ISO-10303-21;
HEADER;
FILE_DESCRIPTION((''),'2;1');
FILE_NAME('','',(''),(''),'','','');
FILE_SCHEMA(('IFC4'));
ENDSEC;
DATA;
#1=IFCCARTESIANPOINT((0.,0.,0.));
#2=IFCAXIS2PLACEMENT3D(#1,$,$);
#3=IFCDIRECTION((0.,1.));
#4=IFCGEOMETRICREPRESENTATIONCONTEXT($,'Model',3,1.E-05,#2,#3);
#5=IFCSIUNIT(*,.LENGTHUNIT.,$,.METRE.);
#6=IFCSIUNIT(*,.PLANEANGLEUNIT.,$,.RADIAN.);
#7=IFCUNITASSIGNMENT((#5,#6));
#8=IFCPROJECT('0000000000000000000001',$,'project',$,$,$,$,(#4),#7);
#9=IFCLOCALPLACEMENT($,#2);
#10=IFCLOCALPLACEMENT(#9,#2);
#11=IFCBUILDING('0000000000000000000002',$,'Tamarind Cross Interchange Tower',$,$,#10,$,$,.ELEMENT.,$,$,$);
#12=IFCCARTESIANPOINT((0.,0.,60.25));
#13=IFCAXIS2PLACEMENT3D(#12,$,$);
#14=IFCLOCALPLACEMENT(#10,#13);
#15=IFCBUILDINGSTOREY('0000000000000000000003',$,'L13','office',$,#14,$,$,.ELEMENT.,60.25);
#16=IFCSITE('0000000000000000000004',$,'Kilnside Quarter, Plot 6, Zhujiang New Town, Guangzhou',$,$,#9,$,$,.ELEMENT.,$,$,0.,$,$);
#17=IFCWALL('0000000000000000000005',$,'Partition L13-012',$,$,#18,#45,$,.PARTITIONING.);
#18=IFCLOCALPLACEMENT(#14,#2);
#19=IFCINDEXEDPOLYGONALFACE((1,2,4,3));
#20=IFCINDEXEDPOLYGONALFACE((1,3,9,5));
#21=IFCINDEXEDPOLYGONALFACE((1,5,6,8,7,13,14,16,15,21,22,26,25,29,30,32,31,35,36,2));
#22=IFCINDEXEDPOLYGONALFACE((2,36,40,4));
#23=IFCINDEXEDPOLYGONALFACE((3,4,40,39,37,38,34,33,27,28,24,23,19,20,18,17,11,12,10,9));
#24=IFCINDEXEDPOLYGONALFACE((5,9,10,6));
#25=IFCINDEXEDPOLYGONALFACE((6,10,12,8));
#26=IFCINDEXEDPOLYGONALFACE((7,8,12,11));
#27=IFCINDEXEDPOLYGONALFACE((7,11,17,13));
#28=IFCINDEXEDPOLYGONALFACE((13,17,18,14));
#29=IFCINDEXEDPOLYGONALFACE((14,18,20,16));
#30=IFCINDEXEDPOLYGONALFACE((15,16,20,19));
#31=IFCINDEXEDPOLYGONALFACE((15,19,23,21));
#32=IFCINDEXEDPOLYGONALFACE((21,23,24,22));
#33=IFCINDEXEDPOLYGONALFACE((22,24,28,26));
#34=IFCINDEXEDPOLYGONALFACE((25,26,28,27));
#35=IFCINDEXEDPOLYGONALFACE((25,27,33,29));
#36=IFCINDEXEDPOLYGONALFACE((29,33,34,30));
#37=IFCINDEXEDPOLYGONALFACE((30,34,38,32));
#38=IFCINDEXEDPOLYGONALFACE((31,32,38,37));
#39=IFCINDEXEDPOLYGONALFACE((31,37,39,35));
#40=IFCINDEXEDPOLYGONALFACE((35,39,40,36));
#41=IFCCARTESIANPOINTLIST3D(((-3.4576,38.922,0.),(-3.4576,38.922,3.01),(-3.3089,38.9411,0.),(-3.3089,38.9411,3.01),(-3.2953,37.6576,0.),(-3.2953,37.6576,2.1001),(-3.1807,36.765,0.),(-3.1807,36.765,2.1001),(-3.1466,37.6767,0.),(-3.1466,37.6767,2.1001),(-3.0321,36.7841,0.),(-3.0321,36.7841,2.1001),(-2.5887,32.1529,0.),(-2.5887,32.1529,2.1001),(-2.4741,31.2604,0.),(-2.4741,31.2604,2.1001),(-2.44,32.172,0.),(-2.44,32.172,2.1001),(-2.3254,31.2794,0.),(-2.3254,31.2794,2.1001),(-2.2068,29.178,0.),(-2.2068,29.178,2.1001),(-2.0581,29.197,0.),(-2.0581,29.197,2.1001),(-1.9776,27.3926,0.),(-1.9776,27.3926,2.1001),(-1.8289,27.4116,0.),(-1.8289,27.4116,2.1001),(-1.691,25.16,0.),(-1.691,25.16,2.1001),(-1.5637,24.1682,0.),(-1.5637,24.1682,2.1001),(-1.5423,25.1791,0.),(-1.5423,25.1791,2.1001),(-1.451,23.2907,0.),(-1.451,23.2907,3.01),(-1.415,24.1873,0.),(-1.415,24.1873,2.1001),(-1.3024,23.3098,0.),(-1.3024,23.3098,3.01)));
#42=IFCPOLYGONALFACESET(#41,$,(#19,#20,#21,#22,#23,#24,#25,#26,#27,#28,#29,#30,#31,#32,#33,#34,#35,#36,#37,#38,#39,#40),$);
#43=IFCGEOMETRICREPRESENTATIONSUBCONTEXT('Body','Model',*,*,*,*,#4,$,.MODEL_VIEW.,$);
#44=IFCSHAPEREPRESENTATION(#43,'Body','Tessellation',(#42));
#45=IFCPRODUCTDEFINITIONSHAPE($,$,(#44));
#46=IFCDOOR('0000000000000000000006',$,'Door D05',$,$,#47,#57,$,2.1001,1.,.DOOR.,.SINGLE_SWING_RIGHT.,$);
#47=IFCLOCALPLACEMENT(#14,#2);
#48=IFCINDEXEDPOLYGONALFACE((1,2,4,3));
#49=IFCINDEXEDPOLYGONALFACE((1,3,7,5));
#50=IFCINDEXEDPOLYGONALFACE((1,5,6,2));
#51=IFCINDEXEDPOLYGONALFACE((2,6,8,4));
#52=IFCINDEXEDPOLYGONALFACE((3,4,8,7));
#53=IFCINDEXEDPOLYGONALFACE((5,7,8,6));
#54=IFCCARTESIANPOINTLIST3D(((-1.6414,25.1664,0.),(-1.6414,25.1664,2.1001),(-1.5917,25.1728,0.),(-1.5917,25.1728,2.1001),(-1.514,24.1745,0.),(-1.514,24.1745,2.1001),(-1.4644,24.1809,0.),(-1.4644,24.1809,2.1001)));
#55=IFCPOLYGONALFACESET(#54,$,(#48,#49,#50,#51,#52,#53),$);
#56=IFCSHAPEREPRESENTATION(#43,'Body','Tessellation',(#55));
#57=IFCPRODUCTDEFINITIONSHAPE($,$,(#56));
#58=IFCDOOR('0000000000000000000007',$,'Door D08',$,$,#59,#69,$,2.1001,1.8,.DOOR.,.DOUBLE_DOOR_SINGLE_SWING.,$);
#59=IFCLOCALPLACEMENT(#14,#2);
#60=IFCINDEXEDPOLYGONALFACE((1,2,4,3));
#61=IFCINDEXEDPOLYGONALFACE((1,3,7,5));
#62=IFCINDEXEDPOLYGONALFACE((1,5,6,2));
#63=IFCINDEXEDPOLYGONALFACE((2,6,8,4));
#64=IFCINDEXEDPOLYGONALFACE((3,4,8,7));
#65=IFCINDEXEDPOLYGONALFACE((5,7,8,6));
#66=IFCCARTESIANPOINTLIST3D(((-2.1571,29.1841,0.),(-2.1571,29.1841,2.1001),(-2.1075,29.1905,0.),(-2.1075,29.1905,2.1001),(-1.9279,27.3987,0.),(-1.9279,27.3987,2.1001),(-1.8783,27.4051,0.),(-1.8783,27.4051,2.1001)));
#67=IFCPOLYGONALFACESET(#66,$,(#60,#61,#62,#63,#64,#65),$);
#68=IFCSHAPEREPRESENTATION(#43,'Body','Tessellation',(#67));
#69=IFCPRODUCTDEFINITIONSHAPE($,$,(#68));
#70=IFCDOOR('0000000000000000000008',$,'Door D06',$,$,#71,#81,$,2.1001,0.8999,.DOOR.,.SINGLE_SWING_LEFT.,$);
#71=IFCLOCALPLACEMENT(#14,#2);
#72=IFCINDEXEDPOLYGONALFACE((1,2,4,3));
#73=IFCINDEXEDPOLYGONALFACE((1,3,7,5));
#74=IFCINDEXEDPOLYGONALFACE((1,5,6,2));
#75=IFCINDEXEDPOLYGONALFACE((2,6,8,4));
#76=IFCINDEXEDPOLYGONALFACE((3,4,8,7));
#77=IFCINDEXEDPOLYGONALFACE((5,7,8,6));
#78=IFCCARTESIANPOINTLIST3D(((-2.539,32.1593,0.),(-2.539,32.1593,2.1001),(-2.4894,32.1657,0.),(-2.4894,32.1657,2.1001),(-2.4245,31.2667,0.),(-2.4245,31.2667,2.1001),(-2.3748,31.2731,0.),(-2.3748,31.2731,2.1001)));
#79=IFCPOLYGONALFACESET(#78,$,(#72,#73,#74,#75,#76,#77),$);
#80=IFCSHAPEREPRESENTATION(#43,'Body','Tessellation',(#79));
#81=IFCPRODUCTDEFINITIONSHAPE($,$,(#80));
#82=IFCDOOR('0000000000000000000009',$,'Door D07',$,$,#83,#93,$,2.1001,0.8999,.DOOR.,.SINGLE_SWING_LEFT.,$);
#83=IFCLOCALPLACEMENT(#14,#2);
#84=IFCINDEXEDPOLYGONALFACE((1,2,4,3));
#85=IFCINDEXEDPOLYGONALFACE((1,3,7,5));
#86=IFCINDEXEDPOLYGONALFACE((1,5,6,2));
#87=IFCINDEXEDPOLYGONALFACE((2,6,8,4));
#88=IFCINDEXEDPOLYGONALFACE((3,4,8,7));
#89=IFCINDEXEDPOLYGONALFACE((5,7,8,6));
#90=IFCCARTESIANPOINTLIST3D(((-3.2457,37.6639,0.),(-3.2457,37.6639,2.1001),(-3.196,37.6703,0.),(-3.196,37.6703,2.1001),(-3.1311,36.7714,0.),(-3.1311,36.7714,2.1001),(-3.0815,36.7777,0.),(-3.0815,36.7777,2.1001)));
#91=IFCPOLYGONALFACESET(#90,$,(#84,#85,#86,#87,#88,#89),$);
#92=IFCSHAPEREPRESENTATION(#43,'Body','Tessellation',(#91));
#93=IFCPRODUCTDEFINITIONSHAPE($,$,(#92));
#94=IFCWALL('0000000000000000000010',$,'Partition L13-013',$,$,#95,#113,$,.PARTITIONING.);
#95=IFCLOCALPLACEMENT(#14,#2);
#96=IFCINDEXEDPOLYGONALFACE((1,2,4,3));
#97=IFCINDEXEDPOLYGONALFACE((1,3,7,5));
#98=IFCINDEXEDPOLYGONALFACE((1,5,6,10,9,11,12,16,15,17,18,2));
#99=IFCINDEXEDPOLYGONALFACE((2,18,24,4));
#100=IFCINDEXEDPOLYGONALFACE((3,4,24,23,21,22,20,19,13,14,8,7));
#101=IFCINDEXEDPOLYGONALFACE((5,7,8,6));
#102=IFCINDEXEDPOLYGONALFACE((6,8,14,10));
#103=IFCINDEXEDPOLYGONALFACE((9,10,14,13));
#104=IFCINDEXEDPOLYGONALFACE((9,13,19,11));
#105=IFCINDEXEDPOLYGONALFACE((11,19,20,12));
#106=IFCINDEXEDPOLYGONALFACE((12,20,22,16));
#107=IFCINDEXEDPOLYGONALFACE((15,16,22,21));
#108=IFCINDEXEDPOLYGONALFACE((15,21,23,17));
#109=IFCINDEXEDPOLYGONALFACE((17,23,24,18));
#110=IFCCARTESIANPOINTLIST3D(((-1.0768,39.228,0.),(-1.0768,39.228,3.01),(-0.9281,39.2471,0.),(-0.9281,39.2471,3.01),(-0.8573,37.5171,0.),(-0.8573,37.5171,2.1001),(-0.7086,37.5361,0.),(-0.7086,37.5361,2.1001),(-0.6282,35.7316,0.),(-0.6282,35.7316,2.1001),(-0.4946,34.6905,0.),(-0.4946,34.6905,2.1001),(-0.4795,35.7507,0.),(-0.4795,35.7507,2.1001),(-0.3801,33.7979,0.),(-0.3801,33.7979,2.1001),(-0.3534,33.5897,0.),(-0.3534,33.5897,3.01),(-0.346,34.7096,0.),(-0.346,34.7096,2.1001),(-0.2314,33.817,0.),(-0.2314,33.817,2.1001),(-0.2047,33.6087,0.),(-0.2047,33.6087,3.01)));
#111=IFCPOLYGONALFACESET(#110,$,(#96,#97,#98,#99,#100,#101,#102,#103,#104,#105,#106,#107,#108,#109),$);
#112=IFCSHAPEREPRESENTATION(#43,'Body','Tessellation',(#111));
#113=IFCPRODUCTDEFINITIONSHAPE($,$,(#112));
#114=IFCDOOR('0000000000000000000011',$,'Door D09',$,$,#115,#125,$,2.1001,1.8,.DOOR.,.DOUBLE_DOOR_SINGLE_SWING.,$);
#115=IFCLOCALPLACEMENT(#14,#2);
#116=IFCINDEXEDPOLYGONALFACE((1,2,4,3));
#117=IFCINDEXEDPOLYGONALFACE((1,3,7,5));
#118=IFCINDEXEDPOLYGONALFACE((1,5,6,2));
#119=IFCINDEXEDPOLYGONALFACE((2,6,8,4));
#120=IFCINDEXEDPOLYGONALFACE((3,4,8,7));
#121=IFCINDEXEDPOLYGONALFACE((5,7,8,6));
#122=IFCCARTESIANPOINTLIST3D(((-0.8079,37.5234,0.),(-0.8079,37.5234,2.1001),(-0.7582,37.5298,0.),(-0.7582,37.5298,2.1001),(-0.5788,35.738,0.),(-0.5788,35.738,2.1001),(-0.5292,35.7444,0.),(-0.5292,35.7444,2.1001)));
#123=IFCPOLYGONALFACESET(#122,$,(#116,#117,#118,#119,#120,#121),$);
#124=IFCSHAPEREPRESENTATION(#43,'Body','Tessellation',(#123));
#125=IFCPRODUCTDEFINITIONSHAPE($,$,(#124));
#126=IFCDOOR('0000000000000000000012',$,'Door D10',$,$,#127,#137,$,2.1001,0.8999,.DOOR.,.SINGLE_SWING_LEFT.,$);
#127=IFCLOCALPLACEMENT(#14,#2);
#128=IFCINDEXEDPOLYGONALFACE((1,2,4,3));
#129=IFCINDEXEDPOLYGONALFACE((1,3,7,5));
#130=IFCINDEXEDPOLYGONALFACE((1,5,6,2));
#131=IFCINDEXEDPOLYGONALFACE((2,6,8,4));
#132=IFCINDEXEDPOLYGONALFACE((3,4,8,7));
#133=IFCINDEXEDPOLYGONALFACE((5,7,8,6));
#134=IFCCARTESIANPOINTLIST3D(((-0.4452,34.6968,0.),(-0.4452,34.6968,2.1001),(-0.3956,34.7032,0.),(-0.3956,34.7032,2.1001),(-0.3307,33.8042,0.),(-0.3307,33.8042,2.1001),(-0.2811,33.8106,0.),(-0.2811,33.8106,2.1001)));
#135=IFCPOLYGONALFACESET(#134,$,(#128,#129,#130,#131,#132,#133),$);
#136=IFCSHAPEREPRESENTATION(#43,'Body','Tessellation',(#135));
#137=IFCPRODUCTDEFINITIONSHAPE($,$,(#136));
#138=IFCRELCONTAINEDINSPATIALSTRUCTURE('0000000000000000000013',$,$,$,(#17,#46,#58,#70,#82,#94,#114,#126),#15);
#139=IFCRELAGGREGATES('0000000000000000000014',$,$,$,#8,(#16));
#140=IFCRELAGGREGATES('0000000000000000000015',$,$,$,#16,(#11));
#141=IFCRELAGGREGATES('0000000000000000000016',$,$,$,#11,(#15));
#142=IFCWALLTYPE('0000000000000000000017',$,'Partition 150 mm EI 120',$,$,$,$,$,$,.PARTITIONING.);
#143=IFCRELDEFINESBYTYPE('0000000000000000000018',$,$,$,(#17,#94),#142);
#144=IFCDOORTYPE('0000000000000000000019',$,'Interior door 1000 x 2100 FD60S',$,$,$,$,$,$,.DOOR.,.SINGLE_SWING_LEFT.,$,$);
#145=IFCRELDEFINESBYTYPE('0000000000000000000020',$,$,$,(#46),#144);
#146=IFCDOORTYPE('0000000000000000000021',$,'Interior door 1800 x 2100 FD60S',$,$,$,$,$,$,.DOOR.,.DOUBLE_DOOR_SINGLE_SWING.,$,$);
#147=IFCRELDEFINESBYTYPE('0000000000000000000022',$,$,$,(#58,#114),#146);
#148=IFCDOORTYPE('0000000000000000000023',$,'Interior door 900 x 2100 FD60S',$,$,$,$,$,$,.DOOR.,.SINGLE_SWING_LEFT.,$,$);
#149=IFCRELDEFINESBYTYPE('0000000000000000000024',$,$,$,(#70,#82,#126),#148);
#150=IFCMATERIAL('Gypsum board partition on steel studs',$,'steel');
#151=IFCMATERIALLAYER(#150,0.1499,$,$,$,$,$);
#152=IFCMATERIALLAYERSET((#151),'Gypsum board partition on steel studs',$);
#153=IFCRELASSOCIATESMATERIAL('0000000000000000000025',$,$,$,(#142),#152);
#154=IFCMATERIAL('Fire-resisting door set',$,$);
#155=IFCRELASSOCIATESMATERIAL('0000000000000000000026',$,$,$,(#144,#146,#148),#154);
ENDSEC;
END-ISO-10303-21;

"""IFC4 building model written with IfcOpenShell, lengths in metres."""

from ifc_helpers import new_model, si_unit, direction, frame, frame_2d, origin, place, context, subcontext, project, spatial, rectangle, extrude, material, layer, layer_set, type_object, element, fill, save


model = new_model("IFC4")

# Units and contexts
model_context = context("Model", 3, precision=1e-05, world=origin(), true_north=direction((0.0, 1.0)))
body_context = subcontext(model_context, "Body", "Model", "MODEL_VIEW")
ifc_project = project(units=[si_unit("LENGTHUNIT", "METRE"), si_unit("PLANEANGLEUNIT", "RADIAN")], contexts=[model_context])

# Site, building, storey
site_placement = place(None, origin())
site = spatial("IfcSite", under=ifc_project, at=site_placement, Name="Kilnside Quarter, Plot 6, Zhujiang New Town, Guangzhou", CompositionType="ELEMENT", RefElevation=0.0)
building_placement = place(site_placement, origin())
building = spatial("IfcBuilding", under=site, at=building_placement, Name="Tamarind Cross Interchange Tower", CompositionType="ELEMENT")
storey_placement = place(building_placement, frame((0.0, 0.0, 60.25)))
storey = spatial("IfcBuildingStorey", under=building, at=storey_placement, Name="L13", Description="office", CompositionType="ELEMENT", Elevation=60.25)

# Shared definitions
ifc_material_1 = material(Name="Gypsum board partition on steel studs", Category="steel")
ifc_layer_1 = layer(ifc_material_1, 0.1499)
ifc_layer_set_1 = layer_set([ifc_layer_1], Name="Gypsum board partition on steel studs")
wall_type_1 = type_object("IfcWallType", Name="Partition 150 mm EI 120", PredefinedType="PARTITIONING", material=ifc_layer_set_1)

# Walls, openings, doors
wall_1_placement = place(storey_placement, frame((-3.3833, 38.9316, 0.0), z_axis=(0.0, 0.0, 1.0), x_axis=(0.127325, -0.991861, 0.0)))
wall_1 = element("IfcWall", 1, at=wall_1_placement, inside=storey, type_object=wall_type_1, Name="Partition L13-012", PredefinedType="PARTITIONING", context=body_context, shape_type="SweptSolid", body=[
    extrude(rectangle(XDim=15.7595, YDim=0.1499, at=frame_2d((7.8799, 0.0))), origin(), (0.0, 0.0, 1.0), 3.01),
])
opening_1_placement = place(wall_1_placement, frame((13.875, 0.0, 0.0)))
opening_1 = element("IfcOpeningElement", 2, at=opening_1_placement, cuts=wall_1, PredefinedType="OPENING", context=body_context, shape_type="SweptSolid", body=[
    extrude(rectangle(XDim=1.0, YDim=2.1001, at=frame_2d((0.5, 1.05))), frame((0.0, 0.085, 0.0), z_axis=(0.0, -1.0, 0.0), x_axis=(1.0, 0.0, 0.0)), (0.0, 0.0, 1.0), 0.1699),
])
opening_2_placement = place(wall_1_placement, frame((6.8247, 0.0, 0.0)))
opening_2 = element("IfcOpeningElement", 3, at=opening_2_placement, cuts=wall_1, PredefinedType="OPENING", context=body_context, shape_type="SweptSolid", body=[
    extrude(rectangle(XDim=0.8999, YDim=2.1001, at=frame_2d((0.45, 1.05))), frame((0.0, 0.085, 0.0), z_axis=(0.0, -1.0, 0.0), x_axis=(1.0, 0.0, 0.0)), (0.0, 0.0, 1.0), 0.1699),
])
opening_3_placement = place(wall_1_placement, frame((1.2749, 0.0, 0.0)))
opening_3 = element("IfcOpeningElement", 4, at=opening_3_placement, cuts=wall_1, PredefinedType="OPENING", context=body_context, shape_type="SweptSolid", body=[
    extrude(rectangle(XDim=0.8999, YDim=2.1001, at=frame_2d((0.45, 1.05))), frame((0.0, 0.085, 0.0), z_axis=(0.0, -1.0, 0.0), x_axis=(1.0, 0.0, 0.0)), (0.0, 0.0, 1.0), 0.1699),
])
opening_4_placement = place(wall_1_placement, frame((9.8242, 0.0, 0.0)))
opening_4 = element("IfcOpeningElement", 5, at=opening_4_placement, cuts=wall_1, PredefinedType="OPENING", context=body_context, shape_type="SweptSolid", body=[
    extrude(rectangle(XDim=1.8, YDim=2.1001, at=frame_2d((0.8999, 1.05))), frame((0.0, 0.085, 0.0), z_axis=(0.0, -1.0, 0.0), x_axis=(1.0, 0.0, 0.0)), (0.0, 0.0, 1.0), 0.1699),
])
ifc_material_2 = material(Name="Fire-resisting door set")
door_type_1 = type_object("IfcDoorType", Name="Interior door 1000 x 2100 FD60S", OperationType="SINGLE_SWING_LEFT", PredefinedType="DOOR", material=ifc_material_2)
door_1_placement = place(opening_1_placement, frame((1.0, 0.0, 0.0), z_axis=(0.0, 0.0, 1.0), x_axis=(-1.0, 0.0, 0.0)))
door_1 = element("IfcDoor", 6, at=door_1_placement, inside=storey, type_object=door_type_1, Name="Door D05", OperationType="SINGLE_SWING_RIGHT", OverallHeight=2.1001, OverallWidth=1.0, PredefinedType="DOOR", context=body_context, shape_type="SweptSolid", body=[
    extrude(rectangle(XDim=1.0, YDim=2.1001, at=frame_2d((0.5, 1.05))), frame((0.0, 0.0249, 0.0), z_axis=(0.0, -1.0, 0.0), x_axis=(1.0, 0.0, 0.0)), (0.0, 0.0, 1.0), 0.05),
])
fill(opening_1, door_1)
door_type_2 = type_object("IfcDoorType", Name="Interior door 1800 x 2100 FD60S", OperationType="DOUBLE_DOOR_SINGLE_SWING", PredefinedType="DOOR", material=ifc_material_2)
door_2_placement = place(opening_4_placement, frame((1.8, 0.0, 0.0), z_axis=(0.0, 0.0, 1.0), x_axis=(-1.0, 0.0, 0.0)))
door_2 = element("IfcDoor", 7, at=door_2_placement, inside=storey, type_object=door_type_2, Name="Door D08", OperationType="DOUBLE_DOOR_SINGLE_SWING", OverallHeight=2.1001, OverallWidth=1.8, PredefinedType="DOOR", context=body_context, shape_type="SweptSolid", body=[
    extrude(rectangle(XDim=1.8, YDim=2.1001, at=frame_2d((0.8999, 1.05))), frame((0.0, 0.0249, 0.0), z_axis=(0.0, -1.0, 0.0), x_axis=(1.0, 0.0, 0.0)), (0.0, 0.0, 1.0), 0.05),
])
fill(opening_4, door_2)
door_type_3 = type_object("IfcDoorType", Name="Interior door 900 x 2100 FD60S", OperationType="SINGLE_SWING_LEFT", PredefinedType="DOOR", material=ifc_material_2)
door_3_placement = place(opening_2_placement, frame((0.8999, 0.0, 0.0), z_axis=(0.0, 0.0, 1.0), x_axis=(-1.0, 0.0, 0.0)))
door_3 = element("IfcDoor", 8, at=door_3_placement, inside=storey, type_object=door_type_3, Name="Door D06", OperationType="SINGLE_SWING_LEFT", OverallHeight=2.1001, OverallWidth=0.8999, PredefinedType="DOOR", context=body_context, shape_type="SweptSolid", body=[
    extrude(rectangle(XDim=0.8999, YDim=2.1001, at=frame_2d((0.45, 1.05))), frame((0.0, 0.0249, 0.0), z_axis=(0.0, -1.0, 0.0), x_axis=(1.0, 0.0, 0.0)), (0.0, 0.0, 1.0), 0.05),
])
fill(opening_2, door_3)
door_4_placement = place(opening_3_placement, frame((0.8999, 0.0, 0.0), z_axis=(0.0, 0.0, 1.0), x_axis=(-1.0, 0.0, 0.0)))
door_4 = element("IfcDoor", 9, at=door_4_placement, inside=storey, type_object=door_type_3, Name="Door D07", OperationType="SINGLE_SWING_LEFT", OverallHeight=2.1001, OverallWidth=0.8999, PredefinedType="DOOR", context=body_context, shape_type="SweptSolid", body=[
    extrude(rectangle(XDim=0.8999, YDim=2.1001, at=frame_2d((0.45, 1.05))), frame((0.0, 0.0249, 0.0), z_axis=(0.0, -1.0, 0.0), x_axis=(1.0, 0.0, 0.0)), (0.0, 0.0, 1.0), 0.05),
])
fill(opening_3, door_4)
wall_2_placement = place(storey_placement, frame((-1.0024, 39.2375, 0.0), z_axis=(0.0, 0.0, 1.0), x_axis=(0.127253, -0.99187, 0.0)))
wall_2 = element("IfcWall", 10, at=wall_2_placement, inside=storey, type_object=wall_type_1, Name="Partition L13-013", PredefinedType="PARTITIONING", context=body_context, shape_type="SweptSolid", body=[
    extrude(rectangle(XDim=5.6846, YDim=0.1499, at=frame_2d((2.8423, 0.0))), origin(), (0.0, 0.0, 1.0), 3.01),
])
opening_5_placement = place(wall_2_placement, frame((1.7251, 0.0, 0.0)))
opening_5 = element("IfcOpeningElement", 11, at=opening_5_placement, cuts=wall_2, PredefinedType="OPENING", context=body_context, shape_type="SweptSolid", body=[
    extrude(rectangle(XDim=1.8, YDim=2.1001, at=frame_2d((0.8999, 1.05))), frame((0.0, 0.085, 0.0), z_axis=(0.0, -1.0, 0.0), x_axis=(1.0, 0.0, 0.0)), (0.0, 0.0, 1.0), 0.1699),
])
opening_6_placement = place(wall_2_placement, frame((4.5747, 0.0, 0.0)))
opening_6 = element("IfcOpeningElement", 12, at=opening_6_placement, cuts=wall_2, PredefinedType="OPENING", context=body_context, shape_type="SweptSolid", body=[
    extrude(rectangle(XDim=0.8999, YDim=2.1001, at=frame_2d((0.45, 1.05))), frame((0.0, 0.085, 0.0), z_axis=(0.0, -1.0, 0.0), x_axis=(1.0, 0.0, 0.0)), (0.0, 0.0, 1.0), 0.1699),
])
door_5_placement = place(opening_5_placement, origin())
door_5 = element("IfcDoor", 13, at=door_5_placement, inside=storey, type_object=door_type_2, Name="Door D09", OperationType="DOUBLE_DOOR_SINGLE_SWING", OverallHeight=2.1001, OverallWidth=1.8, PredefinedType="DOOR", context=body_context, shape_type="SweptSolid", body=[
    extrude(rectangle(XDim=1.8, YDim=2.1001, at=frame_2d((0.8999, 1.05))), frame((0.0, 0.0249, 0.0), z_axis=(0.0, -1.0, 0.0), x_axis=(1.0, 0.0, 0.0)), (0.0, 0.0, 1.0), 0.05),
])
fill(opening_5, door_5)
door_6_placement = place(opening_6_placement, origin())
door_6 = element("IfcDoor", 14, at=door_6_placement, inside=storey, type_object=door_type_3, Name="Door D10", OperationType="SINGLE_SWING_LEFT", OverallHeight=2.1001, OverallWidth=0.8999, PredefinedType="DOOR", context=body_context, shape_type="SweptSolid", body=[
    extrude(rectangle(XDim=0.8999, YDim=2.1001, at=frame_2d((0.45, 1.05))), frame((0.0, 0.0249, 0.0), z_axis=(0.0, -1.0, 0.0), x_axis=(1.0, 0.0, 0.0)), (0.0, 0.0, 1.0), 0.05),
])
fill(opening_6, door_6)

save(model, "model.ifc")
